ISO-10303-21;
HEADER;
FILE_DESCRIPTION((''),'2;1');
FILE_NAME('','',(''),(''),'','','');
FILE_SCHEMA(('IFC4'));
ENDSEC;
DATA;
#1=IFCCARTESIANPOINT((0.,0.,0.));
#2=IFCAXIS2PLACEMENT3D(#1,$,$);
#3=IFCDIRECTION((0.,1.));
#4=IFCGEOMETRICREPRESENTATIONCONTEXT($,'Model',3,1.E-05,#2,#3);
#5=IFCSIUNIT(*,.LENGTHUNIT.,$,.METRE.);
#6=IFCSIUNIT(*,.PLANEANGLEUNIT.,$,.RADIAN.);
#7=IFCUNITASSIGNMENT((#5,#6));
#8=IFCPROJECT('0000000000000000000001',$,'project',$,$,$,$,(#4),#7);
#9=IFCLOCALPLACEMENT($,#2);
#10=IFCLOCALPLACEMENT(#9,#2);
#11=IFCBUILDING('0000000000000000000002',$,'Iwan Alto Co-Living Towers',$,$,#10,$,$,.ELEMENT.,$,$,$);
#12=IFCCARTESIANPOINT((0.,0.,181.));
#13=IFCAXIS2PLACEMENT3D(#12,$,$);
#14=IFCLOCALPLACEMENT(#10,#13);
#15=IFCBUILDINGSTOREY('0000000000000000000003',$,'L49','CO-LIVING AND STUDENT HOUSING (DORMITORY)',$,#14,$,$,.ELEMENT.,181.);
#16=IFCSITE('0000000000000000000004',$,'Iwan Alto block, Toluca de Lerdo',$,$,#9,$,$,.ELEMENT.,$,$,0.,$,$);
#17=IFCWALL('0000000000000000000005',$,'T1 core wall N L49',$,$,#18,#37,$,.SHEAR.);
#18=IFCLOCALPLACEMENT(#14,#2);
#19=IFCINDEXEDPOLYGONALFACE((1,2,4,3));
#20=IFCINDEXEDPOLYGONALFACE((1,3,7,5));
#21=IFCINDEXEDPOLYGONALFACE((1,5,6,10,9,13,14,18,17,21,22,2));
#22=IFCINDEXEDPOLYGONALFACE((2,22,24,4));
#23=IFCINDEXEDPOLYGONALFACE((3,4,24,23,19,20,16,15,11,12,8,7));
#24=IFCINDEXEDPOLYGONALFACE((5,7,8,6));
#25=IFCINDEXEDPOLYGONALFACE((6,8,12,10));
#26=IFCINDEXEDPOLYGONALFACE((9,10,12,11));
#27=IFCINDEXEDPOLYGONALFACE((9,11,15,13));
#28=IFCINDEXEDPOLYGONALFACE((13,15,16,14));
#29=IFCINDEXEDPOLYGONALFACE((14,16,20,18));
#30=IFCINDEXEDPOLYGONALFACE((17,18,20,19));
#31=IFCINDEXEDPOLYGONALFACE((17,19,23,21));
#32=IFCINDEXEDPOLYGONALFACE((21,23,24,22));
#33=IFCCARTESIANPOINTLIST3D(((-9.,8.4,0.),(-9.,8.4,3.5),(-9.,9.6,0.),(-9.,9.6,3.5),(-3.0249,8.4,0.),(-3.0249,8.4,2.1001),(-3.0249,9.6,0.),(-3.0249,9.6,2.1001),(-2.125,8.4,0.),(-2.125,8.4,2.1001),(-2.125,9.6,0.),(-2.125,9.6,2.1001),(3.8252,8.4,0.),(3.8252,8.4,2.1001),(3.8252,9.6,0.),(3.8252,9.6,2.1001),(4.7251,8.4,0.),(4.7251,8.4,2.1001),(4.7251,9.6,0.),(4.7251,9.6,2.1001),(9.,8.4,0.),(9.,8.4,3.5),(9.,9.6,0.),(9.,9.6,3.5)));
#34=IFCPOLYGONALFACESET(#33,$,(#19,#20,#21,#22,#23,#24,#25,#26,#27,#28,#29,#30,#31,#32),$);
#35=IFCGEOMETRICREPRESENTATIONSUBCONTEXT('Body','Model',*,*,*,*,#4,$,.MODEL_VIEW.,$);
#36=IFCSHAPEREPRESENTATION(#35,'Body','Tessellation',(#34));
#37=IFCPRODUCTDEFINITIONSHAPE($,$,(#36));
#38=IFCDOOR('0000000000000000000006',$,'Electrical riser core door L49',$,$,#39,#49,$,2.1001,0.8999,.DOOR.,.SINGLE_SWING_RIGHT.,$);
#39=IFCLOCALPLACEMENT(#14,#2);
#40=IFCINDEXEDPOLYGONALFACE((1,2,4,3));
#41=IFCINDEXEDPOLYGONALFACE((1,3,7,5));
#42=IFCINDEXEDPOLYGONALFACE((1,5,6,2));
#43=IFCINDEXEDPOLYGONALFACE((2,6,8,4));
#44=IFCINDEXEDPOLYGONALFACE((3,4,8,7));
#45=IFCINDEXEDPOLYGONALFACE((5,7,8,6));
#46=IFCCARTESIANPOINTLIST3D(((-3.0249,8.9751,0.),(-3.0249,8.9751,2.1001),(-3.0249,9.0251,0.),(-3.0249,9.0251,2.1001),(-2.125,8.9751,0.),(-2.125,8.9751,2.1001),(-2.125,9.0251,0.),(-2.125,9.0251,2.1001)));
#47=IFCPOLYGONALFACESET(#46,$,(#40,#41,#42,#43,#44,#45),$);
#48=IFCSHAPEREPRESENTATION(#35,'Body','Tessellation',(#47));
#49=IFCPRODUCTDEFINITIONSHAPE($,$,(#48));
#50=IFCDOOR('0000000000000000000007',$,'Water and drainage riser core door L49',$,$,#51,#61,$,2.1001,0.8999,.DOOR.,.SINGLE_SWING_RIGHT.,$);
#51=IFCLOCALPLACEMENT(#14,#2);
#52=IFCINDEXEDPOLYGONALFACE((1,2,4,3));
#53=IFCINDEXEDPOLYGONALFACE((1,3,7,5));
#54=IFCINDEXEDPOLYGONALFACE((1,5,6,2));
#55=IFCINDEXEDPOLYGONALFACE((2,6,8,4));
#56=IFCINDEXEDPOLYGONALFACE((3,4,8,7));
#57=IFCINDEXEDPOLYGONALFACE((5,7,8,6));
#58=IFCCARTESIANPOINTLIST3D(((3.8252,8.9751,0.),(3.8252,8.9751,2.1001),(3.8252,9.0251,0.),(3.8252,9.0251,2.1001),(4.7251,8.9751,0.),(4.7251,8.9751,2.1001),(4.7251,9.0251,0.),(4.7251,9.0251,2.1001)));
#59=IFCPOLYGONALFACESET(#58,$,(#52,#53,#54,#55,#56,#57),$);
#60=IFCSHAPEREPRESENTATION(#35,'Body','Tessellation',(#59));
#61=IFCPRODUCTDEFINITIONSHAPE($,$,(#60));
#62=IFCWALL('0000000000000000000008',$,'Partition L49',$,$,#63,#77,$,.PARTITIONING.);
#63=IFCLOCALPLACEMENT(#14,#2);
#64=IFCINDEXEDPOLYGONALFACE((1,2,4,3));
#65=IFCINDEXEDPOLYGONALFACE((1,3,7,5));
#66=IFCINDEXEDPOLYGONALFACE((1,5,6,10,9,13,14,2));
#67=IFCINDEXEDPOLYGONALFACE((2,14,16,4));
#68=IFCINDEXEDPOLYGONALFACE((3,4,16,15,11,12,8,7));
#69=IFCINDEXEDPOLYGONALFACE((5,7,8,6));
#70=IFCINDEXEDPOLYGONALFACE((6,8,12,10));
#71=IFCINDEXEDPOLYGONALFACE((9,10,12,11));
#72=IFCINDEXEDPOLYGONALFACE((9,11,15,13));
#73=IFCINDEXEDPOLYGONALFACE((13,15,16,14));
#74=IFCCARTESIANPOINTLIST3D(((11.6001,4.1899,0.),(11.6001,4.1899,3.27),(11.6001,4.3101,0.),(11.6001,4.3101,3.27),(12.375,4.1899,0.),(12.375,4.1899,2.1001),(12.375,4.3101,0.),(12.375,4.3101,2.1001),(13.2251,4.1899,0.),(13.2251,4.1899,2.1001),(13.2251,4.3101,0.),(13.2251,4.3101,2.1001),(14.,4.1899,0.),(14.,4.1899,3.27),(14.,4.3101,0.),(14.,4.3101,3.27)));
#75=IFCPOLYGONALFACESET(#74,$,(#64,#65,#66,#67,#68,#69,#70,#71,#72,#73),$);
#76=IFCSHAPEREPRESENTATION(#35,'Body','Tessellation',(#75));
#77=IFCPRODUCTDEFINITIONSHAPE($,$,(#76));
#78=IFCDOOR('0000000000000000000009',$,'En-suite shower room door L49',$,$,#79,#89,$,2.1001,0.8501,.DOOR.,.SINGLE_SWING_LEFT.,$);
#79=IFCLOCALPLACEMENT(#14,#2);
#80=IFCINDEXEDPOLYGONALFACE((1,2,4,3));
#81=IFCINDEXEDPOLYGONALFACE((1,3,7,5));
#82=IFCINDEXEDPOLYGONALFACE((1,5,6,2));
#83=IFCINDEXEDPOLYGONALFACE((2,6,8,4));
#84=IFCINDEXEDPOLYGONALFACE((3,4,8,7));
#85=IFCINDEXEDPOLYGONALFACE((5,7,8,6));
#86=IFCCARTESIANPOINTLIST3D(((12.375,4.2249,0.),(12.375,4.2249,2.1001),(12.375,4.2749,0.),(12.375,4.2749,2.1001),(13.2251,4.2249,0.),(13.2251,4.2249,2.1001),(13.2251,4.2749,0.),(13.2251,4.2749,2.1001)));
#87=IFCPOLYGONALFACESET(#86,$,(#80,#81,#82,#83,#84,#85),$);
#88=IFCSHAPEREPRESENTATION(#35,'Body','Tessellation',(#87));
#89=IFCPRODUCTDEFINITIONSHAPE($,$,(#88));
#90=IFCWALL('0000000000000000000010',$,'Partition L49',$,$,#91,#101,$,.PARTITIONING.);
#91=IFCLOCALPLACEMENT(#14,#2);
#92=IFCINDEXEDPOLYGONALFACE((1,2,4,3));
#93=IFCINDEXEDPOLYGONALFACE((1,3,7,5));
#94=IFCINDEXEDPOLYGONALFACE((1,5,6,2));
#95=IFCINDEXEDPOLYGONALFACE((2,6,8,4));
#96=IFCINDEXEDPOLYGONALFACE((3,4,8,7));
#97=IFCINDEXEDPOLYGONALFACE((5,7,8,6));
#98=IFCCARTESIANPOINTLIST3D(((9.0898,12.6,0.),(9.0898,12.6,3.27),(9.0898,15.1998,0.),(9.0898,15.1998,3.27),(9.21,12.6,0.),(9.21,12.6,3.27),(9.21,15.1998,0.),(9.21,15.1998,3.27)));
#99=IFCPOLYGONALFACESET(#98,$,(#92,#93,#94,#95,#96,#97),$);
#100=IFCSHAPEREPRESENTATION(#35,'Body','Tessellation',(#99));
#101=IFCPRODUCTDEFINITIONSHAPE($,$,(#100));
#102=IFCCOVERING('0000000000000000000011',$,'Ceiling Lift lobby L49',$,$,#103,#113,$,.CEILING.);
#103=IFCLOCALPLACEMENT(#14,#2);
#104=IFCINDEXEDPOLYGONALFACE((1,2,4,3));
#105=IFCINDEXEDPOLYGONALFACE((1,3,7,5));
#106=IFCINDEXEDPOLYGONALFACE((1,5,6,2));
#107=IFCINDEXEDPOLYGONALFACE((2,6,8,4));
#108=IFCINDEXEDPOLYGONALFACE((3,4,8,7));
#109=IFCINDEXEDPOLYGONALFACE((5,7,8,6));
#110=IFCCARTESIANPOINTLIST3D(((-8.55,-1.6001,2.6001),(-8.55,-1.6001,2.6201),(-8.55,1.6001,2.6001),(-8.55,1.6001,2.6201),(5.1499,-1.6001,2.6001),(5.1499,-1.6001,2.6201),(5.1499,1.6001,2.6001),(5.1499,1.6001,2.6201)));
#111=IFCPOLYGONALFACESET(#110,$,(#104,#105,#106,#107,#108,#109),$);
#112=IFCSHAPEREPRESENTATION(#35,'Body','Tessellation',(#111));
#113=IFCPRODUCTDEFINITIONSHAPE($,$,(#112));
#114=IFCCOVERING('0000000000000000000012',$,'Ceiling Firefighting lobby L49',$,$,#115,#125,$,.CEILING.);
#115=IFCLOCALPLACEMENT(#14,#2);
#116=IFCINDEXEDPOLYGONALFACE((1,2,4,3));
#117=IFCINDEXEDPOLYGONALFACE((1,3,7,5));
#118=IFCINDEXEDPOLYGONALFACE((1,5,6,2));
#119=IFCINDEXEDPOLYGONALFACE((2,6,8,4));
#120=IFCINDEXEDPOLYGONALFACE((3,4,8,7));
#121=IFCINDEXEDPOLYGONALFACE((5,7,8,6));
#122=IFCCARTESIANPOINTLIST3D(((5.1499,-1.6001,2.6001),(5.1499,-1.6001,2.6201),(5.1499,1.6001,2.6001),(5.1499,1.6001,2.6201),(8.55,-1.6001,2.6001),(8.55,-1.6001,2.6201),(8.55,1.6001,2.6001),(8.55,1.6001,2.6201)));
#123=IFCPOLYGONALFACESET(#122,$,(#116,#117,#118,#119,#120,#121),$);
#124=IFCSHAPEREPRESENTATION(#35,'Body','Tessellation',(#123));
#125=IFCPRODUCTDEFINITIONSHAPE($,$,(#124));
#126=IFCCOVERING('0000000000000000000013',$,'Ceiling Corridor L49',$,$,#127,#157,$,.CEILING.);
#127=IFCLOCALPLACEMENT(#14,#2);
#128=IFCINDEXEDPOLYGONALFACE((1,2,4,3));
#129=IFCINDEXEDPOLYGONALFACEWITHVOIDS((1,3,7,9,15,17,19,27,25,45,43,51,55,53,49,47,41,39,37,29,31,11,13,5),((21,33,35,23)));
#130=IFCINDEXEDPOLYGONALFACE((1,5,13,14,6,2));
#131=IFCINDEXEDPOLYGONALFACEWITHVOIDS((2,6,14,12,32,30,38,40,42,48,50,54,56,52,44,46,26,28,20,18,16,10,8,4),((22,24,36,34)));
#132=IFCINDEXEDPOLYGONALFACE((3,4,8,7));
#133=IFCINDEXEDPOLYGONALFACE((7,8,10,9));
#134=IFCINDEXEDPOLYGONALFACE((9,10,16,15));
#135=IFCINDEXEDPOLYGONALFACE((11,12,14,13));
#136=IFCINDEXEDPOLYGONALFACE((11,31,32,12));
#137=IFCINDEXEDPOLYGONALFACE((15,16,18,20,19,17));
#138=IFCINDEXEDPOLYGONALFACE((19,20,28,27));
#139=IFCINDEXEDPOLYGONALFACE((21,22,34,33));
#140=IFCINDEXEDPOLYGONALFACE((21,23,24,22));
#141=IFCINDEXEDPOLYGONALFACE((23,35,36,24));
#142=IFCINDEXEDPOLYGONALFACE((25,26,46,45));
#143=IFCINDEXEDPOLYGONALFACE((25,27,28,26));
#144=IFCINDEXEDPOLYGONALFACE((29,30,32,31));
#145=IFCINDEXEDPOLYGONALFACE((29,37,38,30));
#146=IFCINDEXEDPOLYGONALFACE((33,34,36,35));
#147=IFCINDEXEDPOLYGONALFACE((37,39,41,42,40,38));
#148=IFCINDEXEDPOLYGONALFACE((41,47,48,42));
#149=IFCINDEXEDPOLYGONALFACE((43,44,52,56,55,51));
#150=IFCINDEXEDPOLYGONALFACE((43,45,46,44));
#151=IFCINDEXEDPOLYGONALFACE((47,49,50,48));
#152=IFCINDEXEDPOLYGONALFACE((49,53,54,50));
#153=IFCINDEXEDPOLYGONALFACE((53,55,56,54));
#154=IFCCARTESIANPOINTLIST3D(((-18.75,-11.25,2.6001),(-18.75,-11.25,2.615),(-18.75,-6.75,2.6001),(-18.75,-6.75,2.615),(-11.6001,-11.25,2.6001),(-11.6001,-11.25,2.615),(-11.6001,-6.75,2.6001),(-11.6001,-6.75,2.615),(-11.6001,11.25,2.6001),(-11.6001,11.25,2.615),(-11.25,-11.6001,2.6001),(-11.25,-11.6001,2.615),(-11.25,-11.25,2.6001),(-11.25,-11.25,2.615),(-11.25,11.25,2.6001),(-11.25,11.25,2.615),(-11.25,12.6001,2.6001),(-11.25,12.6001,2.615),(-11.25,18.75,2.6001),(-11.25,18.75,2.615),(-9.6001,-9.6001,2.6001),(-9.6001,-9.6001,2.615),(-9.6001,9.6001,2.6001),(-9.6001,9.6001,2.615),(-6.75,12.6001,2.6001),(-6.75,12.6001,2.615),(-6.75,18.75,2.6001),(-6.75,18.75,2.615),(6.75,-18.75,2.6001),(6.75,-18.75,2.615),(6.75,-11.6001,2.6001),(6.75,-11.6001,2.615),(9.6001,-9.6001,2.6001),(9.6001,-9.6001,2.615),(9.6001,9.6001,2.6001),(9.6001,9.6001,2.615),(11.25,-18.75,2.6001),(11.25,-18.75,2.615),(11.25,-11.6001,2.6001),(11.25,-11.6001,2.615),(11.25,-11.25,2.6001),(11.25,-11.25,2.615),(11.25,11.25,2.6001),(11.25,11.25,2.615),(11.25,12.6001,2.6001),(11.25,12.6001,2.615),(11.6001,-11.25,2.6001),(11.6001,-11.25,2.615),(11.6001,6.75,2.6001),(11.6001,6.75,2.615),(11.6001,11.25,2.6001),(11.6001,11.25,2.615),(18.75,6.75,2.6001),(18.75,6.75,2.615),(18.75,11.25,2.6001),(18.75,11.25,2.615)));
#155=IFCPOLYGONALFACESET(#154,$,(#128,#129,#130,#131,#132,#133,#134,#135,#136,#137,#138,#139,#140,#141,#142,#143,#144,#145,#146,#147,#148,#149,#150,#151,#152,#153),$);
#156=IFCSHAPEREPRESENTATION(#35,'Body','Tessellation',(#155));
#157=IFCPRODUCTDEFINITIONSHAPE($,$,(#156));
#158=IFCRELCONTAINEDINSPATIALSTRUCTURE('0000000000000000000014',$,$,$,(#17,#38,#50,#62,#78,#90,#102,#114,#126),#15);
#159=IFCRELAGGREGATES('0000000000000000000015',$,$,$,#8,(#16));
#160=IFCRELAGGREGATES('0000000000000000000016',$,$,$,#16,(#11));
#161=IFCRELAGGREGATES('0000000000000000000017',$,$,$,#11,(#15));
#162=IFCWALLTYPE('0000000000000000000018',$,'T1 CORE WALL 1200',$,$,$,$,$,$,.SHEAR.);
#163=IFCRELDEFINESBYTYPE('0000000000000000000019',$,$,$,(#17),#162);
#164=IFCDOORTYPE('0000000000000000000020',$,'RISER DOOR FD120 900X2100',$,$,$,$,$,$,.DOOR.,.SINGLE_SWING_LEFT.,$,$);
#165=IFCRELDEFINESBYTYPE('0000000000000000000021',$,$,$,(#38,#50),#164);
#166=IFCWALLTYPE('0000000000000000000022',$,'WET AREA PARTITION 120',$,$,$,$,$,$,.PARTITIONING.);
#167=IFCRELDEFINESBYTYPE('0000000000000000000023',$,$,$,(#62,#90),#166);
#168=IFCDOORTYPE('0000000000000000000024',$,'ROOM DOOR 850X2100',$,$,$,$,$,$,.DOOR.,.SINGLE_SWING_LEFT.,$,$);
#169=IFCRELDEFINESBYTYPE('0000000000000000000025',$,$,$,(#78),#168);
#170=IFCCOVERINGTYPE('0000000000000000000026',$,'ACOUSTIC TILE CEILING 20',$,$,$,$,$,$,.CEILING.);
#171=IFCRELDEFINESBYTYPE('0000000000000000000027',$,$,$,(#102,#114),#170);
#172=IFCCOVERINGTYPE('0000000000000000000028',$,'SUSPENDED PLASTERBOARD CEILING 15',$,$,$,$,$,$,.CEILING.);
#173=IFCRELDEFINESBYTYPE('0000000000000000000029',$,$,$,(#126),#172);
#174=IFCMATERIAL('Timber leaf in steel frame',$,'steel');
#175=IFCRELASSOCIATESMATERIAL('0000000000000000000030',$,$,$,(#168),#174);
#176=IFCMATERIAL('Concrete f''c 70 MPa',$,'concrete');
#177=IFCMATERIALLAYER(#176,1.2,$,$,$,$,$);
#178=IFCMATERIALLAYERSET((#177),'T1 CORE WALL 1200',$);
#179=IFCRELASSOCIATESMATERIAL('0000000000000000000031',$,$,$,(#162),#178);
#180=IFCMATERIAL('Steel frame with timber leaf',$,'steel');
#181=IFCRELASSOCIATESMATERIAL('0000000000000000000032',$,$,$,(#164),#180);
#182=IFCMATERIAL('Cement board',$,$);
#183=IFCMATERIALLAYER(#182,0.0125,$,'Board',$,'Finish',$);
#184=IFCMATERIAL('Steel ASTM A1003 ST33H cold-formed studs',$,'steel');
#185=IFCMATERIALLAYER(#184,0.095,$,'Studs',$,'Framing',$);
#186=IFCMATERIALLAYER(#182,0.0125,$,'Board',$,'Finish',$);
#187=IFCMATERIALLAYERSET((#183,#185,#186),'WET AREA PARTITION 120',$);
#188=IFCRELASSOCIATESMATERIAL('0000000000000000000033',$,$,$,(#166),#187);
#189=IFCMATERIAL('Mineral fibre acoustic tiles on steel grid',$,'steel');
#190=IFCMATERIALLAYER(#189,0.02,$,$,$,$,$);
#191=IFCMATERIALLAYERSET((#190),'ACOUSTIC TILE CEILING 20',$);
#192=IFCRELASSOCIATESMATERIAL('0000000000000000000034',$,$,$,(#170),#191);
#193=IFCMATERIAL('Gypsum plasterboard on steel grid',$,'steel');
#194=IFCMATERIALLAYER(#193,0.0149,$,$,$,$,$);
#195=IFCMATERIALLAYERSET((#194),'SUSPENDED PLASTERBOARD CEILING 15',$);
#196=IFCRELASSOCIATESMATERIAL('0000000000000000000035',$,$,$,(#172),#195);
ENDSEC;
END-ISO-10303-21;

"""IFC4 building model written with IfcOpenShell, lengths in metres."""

from ifc_helpers import new_model, si_unit, direction, frame, frame_2d, origin, place, context, subcontext, project, spatial, polyline, rectangle, outline, extrude, material, layer, layer_set, type_object, element, fill, save


model = new_model("IFC4")

# Units and contexts
model_context = context("Model", 3, precision=1e-05, world=origin(), true_north=direction((0.0, 1.0)))
body_context = subcontext(model_context, "Body", "Model", "MODEL_VIEW")
ifc_project = project(units=[si_unit("LENGTHUNIT", "METRE"), si_unit("PLANEANGLEUNIT", "RADIAN")], contexts=[model_context])

# Site, building, storey
site_placement = place(None, origin())
site = spatial("IfcSite", under=ifc_project, at=site_placement, Name="Iwan Alto block, Toluca de Lerdo", CompositionType="ELEMENT", RefElevation=0.0)
building_placement = place(site_placement, origin())
building = spatial("IfcBuilding", under=site, at=building_placement, Name="Iwan Alto Co-Living Towers", CompositionType="ELEMENT")
storey_placement = place(building_placement, frame((0.0, 0.0, 181.0)))
storey = spatial("IfcBuildingStorey", under=building, at=storey_placement, Name="L49", Description="CO-LIVING AND STUDENT HOUSING (DORMITORY)", CompositionType="ELEMENT", Elevation=181.0)

# Shared definitions
ifc_material_1 = material(Name="Steel ASTM A1003 ST33H cold-formed studs", Category="steel")

# Shared definitions
ifc_material_2 = material(Name="Timber leaf in steel frame", Category="steel")
door_type_1 = type_object("IfcDoorType", Name="ROOM DOOR 850X2100", OperationType="SINGLE_SWING_LEFT", PredefinedType="DOOR", material=ifc_material_2)

# Wall, openings, doors
ifc_material_3 = material(Name="Concrete f'c 70 MPa", Category="concrete")
ifc_layer_1 = layer(ifc_material_3, 1.2)
ifc_layer_set_1 = layer_set([ifc_layer_1], Name="T1 CORE WALL 1200")
wall_type_1 = type_object("IfcWallType", Name="T1 CORE WALL 1200", PredefinedType="SHEAR", material=ifc_layer_set_1)
wall_1_placement = place(storey_placement, frame((9.0, 9.0, 0.0), z_axis=(0.0, 0.0, 1.0), x_axis=(-1.0, 0.0, 0.0)))
wall_1 = element("IfcWall", 1, at=wall_1_placement, inside=storey, type_object=wall_type_1, Name="T1 core wall N L49", PredefinedType="SHEAR", context=body_context, shape_type="SweptSolid", body=[
    extrude(rectangle(XDim=18.0, YDim=1.2, at=frame_2d((9.0, 0.0))), origin(), (0.0, 0.0, 1.0), 3.5),
])
opening_1_placement = place(wall_1_placement, frame((11.125, 0.0, 0.0)))
opening_1 = element("IfcOpeningElement", 2, at=opening_1_placement, cuts=wall_1, PredefinedType="OPENING", context=body_context, shape_type="SweptSolid", body=[
    extrude(rectangle(XDim=0.8999, YDim=2.1001, at=frame_2d((0.45, 1.05))), frame((0.0, 0.6099, 0.0), z_axis=(0.0, -1.0, 0.0), x_axis=(1.0, 0.0, 0.0)), (0.0, 0.0, 1.0), 1.22),
])
opening_2_placement = place(wall_1_placement, frame((4.2749, 0.0, 0.0)))
opening_2 = element("IfcOpeningElement", 3, at=opening_2_placement, cuts=wall_1, PredefinedType="OPENING", context=body_context, shape_type="SweptSolid", body=[
    extrude(rectangle(XDim=0.8999, YDim=2.1001, at=frame_2d((0.45, 1.05))), frame((0.0, 0.6099, 0.0), z_axis=(0.0, -1.0, 0.0), x_axis=(1.0, 0.0, 0.0)), (0.0, 0.0, 1.0), 1.22),
])
ifc_material_4 = material(Name="Steel frame with timber leaf", Category="steel")
door_type_2 = type_object("IfcDoorType", Name="RISER DOOR FD120 900X2100", OperationType="SINGLE_SWING_LEFT", PredefinedType="DOOR", material=ifc_material_4)
door_1_placement = place(opening_1_placement, origin())
door_1 = element("IfcDoor", 4, at=door_1_placement, inside=storey, type_object=door_type_2, Name="Electrical riser core door L49", OperationType="SINGLE_SWING_RIGHT", OverallHeight=2.1001, OverallWidth=0.8999, PredefinedType="DOOR", context=body_context, shape_type="SweptSolid", body=[
    extrude(rectangle(XDim=0.8999, YDim=2.1001, at=frame_2d((0.45, 1.05))), frame((0.0, 0.0249, 0.0), z_axis=(0.0, -1.0, 0.0), x_axis=(1.0, 0.0, 0.0)), (0.0, 0.0, 1.0), 0.05),
])
fill(opening_1, door_1)
door_2_placement = place(opening_2_placement, origin())
door_2 = element("IfcDoor", 5, at=door_2_placement, inside=storey, type_object=door_type_2, Name="Water and drainage riser core door L49", OperationType="SINGLE_SWING_RIGHT", OverallHeight=2.1001, OverallWidth=0.8999, PredefinedType="DOOR", context=body_context, shape_type="SweptSolid", body=[
    extrude(rectangle(XDim=0.8999, YDim=2.1001, at=frame_2d((0.45, 1.05))), frame((0.0, 0.0249, 0.0), z_axis=(0.0, -1.0, 0.0), x_axis=(1.0, 0.0, 0.0)), (0.0, 0.0, 1.0), 0.05),
])
fill(opening_2, door_2)

# Wall, opening, door
ifc_material_5 = material(Name="Cement board")
ifc_layer_2 = layer(ifc_material_5, 0.0125, Name="Board", Category="Finish")
ifc_layer_3 = layer(ifc_material_1, 0.095, Name="Studs", Category="Framing")
ifc_layer_4 = layer(ifc_material_5, 0.0125, Name="Board", Category="Finish")
ifc_layer_set_2 = layer_set([ifc_layer_2, ifc_layer_3, ifc_layer_4], Name="WET AREA PARTITION 120")
wall_type_2 = type_object("IfcWallType", Name="WET AREA PARTITION 120", PredefinedType="PARTITIONING", material=ifc_layer_set_2)
wall_2_placement = place(storey_placement, frame((11.6001, 4.25, 0.0), z_axis=(0.0, 0.0, 1.0), x_axis=(1.0, 0.0, 0.0)))
wall_2 = element("IfcWall", 6, at=wall_2_placement, inside=storey, type_object=wall_type_2, Name="Partition L49", PredefinedType="PARTITIONING", context=body_context, shape_type="SweptSolid", body=[
    extrude(rectangle(XDim=2.3999, YDim=0.1201, at=frame_2d((1.2, 0.0))), origin(), (0.0, 0.0, 1.0), 3.27),
])
opening_3_placement = place(wall_2_placement, frame((0.7749, 0.0, 0.0)))
opening_3 = element("IfcOpeningElement", 7, at=opening_3_placement, cuts=wall_2, PredefinedType="OPENING", context=body_context, shape_type="SweptSolid", body=[
    extrude(rectangle(XDim=0.8501, YDim=2.1001, at=frame_2d((0.425, 1.05))), frame((0.0, 0.0701, 0.0), z_axis=(0.0, -1.0, 0.0), x_axis=(1.0, 0.0, 0.0)), (0.0, 0.0, 1.0), 0.1401),
])
door_3_placement = place(opening_3_placement, origin())
door_3 = element("IfcDoor", 8, at=door_3_placement, inside=storey, type_object=door_type_1, Name="En-suite shower room door L49", OperationType="SINGLE_SWING_LEFT", OverallHeight=2.1001, OverallWidth=0.8501, PredefinedType="DOOR", context=body_context, shape_type="SweptSolid", body=[
    extrude(rectangle(XDim=0.8501, YDim=2.1001, at=frame_2d((0.425, 1.05))), frame((0.0, 0.0249, 0.0), z_axis=(0.0, -1.0, 0.0), x_axis=(1.0, 0.0, 0.0)), (0.0, 0.0, 1.0), 0.05),
])
fill(opening_3, door_3)

# Wall
wall_3_placement = place(storey_placement, frame((9.1499, 12.6001, 0.0), z_axis=(0.0, 0.0, 1.0), x_axis=(0.0, 1.0, 0.0)))
element("IfcWall", 9, at=wall_3_placement, inside=storey, type_object=wall_type_2, Name="Partition L49", PredefinedType="PARTITIONING", context=body_context, shape_type="SweptSolid", body=[
    extrude(rectangle(XDim=2.5999, YDim=0.1201, at=frame_2d((1.2998, 0.0))), origin(), (0.0, 0.0, 1.0), 3.27),
])

# Coverings
ifc_material_6 = material(Name="Mineral fibre acoustic tiles on steel grid", Category="steel")
ifc_layer_5 = layer(ifc_material_6, 0.02)
ifc_layer_set_3 = layer_set([ifc_layer_5], Name="ACOUSTIC TILE CEILING 20")
covering_type_1 = type_object("IfcCoveringType", Name="ACOUSTIC TILE CEILING 20", PredefinedType="CEILING", material=ifc_layer_set_3)
covering_1_placement = place(storey_placement, frame((0.0, 0.0, 2.6001)))
element("IfcCovering", 10, at=covering_1_placement, inside=storey, type_object=covering_type_1, Name="Ceiling Lift lobby L49", PredefinedType="CEILING", context=body_context, shape_type="SweptSolid", body=[
    extrude(outline(polyline([(-8.55, -1.6001), (-8.55, 1.6001), (5.1499, 1.6001), (5.1499, -1.6001), (-8.55, -1.6001)])), origin(), (0.0, 0.0, 1.0), 0.02),
])
covering_2_placement = place(storey_placement, frame((0.0, 0.0, 2.6001)))
element("IfcCovering", 11, at=covering_2_placement, inside=storey, type_object=covering_type_1, Name="Ceiling Firefighting lobby L49", PredefinedType="CEILING", context=body_context, shape_type="SweptSolid", body=[
    extrude(outline(polyline([(5.1499, -1.6001), (5.1499, 1.6001), (8.55, 1.6001), (8.55, -1.6001), (5.1499, -1.6001)])), origin(), (0.0, 0.0, 1.0), 0.02),
])
ifc_material_7 = material(Name="Gypsum plasterboard on steel grid", Category="steel")
ifc_layer_6 = layer(ifc_material_7, 0.0149)
ifc_layer_set_4 = layer_set([ifc_layer_6], Name="SUSPENDED PLASTERBOARD CEILING 15")
covering_type_2 = type_object("IfcCoveringType", Name="SUSPENDED PLASTERBOARD CEILING 15", PredefinedType="CEILING", material=ifc_layer_set_4)
covering_3_placement = place(storey_placement, frame((0.0, 0.0, 2.6001)))
element("IfcCovering", 12, at=covering_3_placement, inside=storey, type_object=covering_type_2, Name="Ceiling Corridor L49", PredefinedType="CEILING", context=body_context, shape_type="SweptSolid", body=[
    extrude(outline(polyline([(-18.75, -11.25), (-18.75, -6.75), (-11.6001, -6.75), (-11.6001, 11.25), (-11.25, 11.25), (-11.25, 12.6001), (-11.25, 18.75), (-6.75, 18.75), (-6.75, 12.6001), (11.25, 12.6001), (11.25, 11.25), (11.6001, 11.25), (18.75, 11.25), (18.75, 6.75), (11.6001, 6.75), (11.6001, -11.25), (11.25, -11.25), (11.25, -11.6001), (11.25, -18.75), (6.75, -18.75), (6.75, -11.6001), (-11.25, -11.6001), (-11.25, -11.25), (-11.6001, -11.25), (-18.75, -11.25)]), holes=[polyline([(9.6001, 9.6001), (-9.6001, 9.6001), (-9.6001, -9.6001), (9.6001, -9.6001), (9.6001, 9.6001)])]), origin(), (0.0, 0.0, 1.0), 0.0149),
])

save(model, "model.ifc")
